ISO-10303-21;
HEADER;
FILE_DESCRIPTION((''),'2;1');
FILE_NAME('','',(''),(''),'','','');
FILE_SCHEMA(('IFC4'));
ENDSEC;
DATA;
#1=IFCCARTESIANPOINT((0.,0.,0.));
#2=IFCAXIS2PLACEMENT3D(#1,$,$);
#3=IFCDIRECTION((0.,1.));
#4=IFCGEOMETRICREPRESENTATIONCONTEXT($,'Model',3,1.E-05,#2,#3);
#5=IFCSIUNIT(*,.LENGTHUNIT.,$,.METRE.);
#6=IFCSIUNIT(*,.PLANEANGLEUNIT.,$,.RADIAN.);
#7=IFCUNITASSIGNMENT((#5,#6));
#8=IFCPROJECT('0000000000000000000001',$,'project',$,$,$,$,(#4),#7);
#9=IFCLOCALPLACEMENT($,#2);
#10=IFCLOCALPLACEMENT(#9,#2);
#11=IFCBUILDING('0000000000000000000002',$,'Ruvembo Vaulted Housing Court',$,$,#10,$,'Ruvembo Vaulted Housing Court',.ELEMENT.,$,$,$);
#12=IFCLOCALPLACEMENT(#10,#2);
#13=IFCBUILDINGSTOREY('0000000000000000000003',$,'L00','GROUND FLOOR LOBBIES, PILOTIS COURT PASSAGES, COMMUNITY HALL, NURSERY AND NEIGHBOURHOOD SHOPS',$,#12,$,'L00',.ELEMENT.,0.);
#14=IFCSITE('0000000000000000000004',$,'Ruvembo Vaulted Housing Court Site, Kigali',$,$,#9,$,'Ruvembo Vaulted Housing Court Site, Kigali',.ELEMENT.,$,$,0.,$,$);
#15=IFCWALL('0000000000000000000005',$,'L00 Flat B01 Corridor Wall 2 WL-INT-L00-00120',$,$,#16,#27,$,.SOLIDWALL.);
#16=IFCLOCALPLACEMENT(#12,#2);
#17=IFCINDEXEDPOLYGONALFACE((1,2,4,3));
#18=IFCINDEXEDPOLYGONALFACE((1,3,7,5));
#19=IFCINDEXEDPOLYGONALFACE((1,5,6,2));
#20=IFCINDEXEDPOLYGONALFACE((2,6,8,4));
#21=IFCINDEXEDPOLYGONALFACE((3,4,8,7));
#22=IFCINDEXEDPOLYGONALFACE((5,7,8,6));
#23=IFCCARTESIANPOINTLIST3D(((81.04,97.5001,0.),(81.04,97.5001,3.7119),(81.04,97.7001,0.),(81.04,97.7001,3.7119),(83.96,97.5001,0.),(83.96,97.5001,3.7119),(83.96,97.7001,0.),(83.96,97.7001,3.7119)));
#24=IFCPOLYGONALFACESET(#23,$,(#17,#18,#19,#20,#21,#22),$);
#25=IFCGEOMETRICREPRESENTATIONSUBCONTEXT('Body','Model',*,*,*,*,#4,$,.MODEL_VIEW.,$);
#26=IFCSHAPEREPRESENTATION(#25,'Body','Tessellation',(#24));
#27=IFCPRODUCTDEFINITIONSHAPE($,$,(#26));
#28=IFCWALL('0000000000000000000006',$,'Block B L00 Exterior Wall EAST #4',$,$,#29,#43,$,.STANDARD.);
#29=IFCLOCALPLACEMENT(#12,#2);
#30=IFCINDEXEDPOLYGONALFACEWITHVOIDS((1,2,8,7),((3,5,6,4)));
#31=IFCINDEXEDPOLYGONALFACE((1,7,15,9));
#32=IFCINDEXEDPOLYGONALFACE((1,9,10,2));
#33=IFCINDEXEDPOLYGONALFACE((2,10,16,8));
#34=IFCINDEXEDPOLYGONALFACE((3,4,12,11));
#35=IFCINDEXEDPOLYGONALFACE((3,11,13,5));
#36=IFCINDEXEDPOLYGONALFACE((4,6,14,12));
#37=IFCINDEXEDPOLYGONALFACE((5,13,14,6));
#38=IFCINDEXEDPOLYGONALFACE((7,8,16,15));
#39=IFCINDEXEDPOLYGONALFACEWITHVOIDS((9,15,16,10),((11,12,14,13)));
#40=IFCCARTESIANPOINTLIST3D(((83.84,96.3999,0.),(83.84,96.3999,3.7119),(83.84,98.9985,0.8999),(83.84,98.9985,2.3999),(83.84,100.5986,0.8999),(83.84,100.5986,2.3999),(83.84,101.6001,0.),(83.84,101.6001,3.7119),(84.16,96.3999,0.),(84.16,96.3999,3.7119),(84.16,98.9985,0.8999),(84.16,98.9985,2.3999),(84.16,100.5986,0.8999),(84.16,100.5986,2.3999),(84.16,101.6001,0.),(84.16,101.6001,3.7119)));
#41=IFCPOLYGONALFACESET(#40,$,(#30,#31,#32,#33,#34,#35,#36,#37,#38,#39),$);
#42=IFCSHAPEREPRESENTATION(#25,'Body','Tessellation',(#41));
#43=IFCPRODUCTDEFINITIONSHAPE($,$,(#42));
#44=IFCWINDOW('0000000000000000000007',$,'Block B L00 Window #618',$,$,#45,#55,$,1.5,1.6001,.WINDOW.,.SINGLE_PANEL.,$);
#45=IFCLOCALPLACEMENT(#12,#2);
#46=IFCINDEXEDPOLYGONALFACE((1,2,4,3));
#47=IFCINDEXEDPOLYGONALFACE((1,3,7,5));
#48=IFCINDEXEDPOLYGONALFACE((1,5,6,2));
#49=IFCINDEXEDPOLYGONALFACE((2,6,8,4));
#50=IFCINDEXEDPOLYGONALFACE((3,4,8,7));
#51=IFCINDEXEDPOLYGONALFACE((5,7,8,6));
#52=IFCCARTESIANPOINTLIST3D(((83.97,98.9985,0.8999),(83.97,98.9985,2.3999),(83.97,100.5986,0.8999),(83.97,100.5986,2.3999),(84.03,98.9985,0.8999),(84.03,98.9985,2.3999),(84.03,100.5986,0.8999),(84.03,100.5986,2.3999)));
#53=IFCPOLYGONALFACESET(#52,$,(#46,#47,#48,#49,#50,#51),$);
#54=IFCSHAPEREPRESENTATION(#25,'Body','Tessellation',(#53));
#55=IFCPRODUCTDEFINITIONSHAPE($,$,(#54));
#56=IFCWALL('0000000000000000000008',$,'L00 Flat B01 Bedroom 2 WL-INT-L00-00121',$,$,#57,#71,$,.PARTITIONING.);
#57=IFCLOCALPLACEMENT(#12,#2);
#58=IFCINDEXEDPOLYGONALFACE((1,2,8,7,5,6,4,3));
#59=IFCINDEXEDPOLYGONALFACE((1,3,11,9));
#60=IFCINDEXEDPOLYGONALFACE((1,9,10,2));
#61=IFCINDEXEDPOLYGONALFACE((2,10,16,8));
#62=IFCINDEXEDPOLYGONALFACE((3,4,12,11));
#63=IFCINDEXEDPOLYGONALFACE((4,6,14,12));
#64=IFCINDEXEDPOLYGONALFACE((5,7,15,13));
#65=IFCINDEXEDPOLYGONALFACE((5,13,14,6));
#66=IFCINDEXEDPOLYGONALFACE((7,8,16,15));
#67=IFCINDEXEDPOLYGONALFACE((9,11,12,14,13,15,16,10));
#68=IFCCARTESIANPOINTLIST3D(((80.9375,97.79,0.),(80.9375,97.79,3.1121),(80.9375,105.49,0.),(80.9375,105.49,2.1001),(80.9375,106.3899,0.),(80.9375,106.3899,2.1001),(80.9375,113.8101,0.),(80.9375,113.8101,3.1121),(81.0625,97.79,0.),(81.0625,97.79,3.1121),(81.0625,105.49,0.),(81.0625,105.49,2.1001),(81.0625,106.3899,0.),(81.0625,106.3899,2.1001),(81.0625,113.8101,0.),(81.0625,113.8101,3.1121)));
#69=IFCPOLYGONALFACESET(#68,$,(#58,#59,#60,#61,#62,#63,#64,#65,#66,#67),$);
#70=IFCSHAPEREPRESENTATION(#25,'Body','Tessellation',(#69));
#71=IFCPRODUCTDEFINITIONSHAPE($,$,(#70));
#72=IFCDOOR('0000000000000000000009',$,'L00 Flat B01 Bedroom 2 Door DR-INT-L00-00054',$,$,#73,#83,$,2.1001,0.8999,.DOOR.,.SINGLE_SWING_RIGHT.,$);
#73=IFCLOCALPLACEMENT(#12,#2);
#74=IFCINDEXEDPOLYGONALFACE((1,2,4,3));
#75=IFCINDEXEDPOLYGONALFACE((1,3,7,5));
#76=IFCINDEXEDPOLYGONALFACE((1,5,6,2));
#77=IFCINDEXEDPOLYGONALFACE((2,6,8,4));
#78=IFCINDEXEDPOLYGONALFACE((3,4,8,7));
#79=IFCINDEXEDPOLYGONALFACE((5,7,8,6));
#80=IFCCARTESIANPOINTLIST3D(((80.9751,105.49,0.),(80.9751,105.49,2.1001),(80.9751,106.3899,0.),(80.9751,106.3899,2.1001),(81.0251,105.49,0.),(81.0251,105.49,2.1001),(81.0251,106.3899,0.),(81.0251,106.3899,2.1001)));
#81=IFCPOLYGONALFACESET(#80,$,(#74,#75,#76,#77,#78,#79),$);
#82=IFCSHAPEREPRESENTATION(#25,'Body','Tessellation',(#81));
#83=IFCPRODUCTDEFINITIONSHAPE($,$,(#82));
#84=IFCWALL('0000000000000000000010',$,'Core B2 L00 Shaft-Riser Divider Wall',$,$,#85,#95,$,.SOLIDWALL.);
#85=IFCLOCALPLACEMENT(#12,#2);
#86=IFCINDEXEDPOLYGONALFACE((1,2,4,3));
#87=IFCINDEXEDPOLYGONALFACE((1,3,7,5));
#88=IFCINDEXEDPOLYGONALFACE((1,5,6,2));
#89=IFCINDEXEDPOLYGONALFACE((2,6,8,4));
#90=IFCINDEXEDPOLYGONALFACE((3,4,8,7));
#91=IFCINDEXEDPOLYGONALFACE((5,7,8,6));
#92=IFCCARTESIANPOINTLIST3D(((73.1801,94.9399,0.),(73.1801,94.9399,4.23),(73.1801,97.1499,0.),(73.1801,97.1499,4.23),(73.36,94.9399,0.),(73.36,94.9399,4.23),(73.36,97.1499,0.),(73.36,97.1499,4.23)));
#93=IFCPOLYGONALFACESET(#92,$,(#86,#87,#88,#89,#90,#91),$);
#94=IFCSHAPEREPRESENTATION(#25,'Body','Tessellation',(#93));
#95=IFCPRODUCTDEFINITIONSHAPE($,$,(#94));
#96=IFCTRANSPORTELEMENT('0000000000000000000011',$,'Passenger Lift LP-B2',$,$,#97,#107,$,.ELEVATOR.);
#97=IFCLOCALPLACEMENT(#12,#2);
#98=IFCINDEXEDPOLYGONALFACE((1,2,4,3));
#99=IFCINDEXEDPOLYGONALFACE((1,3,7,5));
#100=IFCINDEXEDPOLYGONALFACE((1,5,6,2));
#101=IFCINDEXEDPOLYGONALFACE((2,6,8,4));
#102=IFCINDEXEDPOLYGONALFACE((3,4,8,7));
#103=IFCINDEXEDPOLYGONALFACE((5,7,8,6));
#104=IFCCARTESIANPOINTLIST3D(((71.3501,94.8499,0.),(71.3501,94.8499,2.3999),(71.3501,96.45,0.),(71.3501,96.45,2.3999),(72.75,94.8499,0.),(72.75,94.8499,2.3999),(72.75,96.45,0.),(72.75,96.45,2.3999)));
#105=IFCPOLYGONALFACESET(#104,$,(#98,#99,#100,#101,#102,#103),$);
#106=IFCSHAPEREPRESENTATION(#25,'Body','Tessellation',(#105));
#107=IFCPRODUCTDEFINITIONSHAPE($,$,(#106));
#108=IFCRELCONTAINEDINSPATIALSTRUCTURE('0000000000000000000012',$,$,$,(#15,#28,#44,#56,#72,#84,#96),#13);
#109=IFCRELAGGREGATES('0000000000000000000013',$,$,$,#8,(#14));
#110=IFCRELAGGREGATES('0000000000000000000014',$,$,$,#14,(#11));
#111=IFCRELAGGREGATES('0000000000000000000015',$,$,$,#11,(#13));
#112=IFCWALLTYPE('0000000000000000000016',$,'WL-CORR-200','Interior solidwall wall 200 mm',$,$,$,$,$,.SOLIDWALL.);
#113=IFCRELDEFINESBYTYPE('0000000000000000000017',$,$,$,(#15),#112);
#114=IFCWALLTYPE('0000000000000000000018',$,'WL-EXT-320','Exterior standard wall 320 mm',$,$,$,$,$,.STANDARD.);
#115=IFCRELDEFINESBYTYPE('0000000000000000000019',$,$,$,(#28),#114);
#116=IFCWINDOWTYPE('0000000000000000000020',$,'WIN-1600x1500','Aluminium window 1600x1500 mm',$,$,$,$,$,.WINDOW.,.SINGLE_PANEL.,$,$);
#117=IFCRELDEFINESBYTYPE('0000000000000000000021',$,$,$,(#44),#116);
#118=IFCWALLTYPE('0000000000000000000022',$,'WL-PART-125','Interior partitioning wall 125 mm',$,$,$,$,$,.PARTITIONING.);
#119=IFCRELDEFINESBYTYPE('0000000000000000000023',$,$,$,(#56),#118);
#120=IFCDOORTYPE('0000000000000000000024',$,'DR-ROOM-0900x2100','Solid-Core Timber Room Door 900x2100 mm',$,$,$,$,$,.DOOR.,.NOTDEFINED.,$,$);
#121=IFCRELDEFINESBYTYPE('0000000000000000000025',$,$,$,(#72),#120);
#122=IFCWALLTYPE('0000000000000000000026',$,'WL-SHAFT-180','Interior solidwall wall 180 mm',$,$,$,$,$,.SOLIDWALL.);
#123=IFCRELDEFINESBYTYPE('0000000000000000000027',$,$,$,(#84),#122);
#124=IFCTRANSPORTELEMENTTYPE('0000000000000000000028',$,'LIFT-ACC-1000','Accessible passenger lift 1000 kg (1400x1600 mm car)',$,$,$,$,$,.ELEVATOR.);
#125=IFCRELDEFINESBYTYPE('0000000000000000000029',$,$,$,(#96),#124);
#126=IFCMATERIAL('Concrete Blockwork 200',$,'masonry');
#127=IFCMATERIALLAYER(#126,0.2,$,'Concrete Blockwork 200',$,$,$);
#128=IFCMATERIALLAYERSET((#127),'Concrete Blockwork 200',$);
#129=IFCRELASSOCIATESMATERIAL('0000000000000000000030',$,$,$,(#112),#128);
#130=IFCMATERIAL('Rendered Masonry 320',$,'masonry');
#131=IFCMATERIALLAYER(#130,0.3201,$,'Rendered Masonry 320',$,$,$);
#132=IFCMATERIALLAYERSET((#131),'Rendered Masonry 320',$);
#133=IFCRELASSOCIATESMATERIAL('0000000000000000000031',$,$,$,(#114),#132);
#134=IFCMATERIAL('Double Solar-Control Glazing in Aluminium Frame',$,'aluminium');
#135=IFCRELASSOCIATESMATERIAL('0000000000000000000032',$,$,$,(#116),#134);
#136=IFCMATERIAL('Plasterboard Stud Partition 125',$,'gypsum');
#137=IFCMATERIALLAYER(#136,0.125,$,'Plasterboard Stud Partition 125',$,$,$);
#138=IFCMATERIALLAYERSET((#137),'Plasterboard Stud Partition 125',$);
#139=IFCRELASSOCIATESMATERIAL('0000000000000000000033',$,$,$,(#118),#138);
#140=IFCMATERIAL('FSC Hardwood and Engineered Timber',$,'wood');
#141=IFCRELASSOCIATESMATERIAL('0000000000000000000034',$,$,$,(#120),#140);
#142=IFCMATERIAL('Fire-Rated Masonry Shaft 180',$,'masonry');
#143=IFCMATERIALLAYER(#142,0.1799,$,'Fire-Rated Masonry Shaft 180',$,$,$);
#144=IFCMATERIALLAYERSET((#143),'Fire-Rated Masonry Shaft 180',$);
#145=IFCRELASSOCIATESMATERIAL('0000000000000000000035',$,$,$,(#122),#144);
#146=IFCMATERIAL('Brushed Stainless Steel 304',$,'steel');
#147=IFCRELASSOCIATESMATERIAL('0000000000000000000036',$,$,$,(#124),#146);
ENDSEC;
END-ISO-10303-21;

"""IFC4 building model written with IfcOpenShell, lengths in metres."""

from ifc_helpers import new_model, si_unit, direction, frame, frame_2d, origin, origin_2d, place, context, subcontext, project, spatial, rectangle, extrude, material, layer, layer_set, type_object, element, fill, save


model = new_model("IFC4")

# Units and contexts
model_context = context("Model", 3, precision=1e-05, world=origin(), true_north=direction((0.0, 1.0)))
body_context = subcontext(model_context, "Body", "Model", "MODEL_VIEW")
ifc_project = project(units=[si_unit("LENGTHUNIT", "METRE"), si_unit("PLANEANGLEUNIT", "RADIAN")], contexts=[model_context])

# Site, building, storey
site_placement = place(None, origin())
site = spatial("IfcSite", under=ifc_project, at=site_placement, Name="Ruvembo Vaulted Housing Court Site, Kigali", LongName="Ruvembo Vaulted Housing Court Site, Kigali", CompositionType="ELEMENT", RefElevation=0.0)
building_placement = place(site_placement, origin())
building = spatial("IfcBuilding", under=site, at=building_placement, Name="Ruvembo Vaulted Housing Court", LongName="Ruvembo Vaulted Housing Court", CompositionType="ELEMENT")
storey_placement = place(building_placement, origin())
storey = spatial("IfcBuildingStorey", under=building, at=storey_placement, Name="L00", Description="GROUND FLOOR LOBBIES, PILOTIS COURT PASSAGES, COMMUNITY HALL, NURSERY AND NEIGHBOURHOOD SHOPS", LongName="L00", CompositionType="ELEMENT", Elevation=0.0)

# Wall
ifc_material_1 = material(Name="Concrete Blockwork 200", Category="masonry")
ifc_layer_1 = layer(ifc_material_1, 0.2, Name="Concrete Blockwork 200")
ifc_layer_set_1 = layer_set([ifc_layer_1], Name="Concrete Blockwork 200")
wall_type_1 = type_object("IfcWallType", Name="WL-CORR-200", Description="Interior solidwall wall 200 mm", PredefinedType="SOLIDWALL", material=ifc_layer_set_1)
wall_1_placement = place(storey_placement, frame((81.04, 97.6001, 0.0), z_axis=(0.0, 0.0, 1.0), x_axis=(1.0, 0.0, 0.0)))
element("IfcWall", 1, at=wall_1_placement, inside=storey, type_object=wall_type_1, Name="L00 Flat B01 Corridor Wall 2 WL-INT-L00-00120", PredefinedType="SOLIDWALL", context=body_context, shape_type="SweptSolid", body=[
    extrude(rectangle(XDim=2.9199, YDim=0.2, at=frame_2d((1.46, 0.0))), origin(), (0.0, 0.0, 1.0), 3.7119),
])

# Wall, opening, window
ifc_material_2 = material(Name="Rendered Masonry 320", Category="masonry")
ifc_layer_2 = layer(ifc_material_2, 0.3201, Name="Rendered Masonry 320")
ifc_layer_set_2 = layer_set([ifc_layer_2], Name="Rendered Masonry 320")
wall_type_2 = type_object("IfcWallType", Name="WL-EXT-320", Description="Exterior standard wall 320 mm", PredefinedType="STANDARD", material=ifc_layer_set_2)
wall_2_placement = place(storey_placement, frame((84.0, 96.3999, 0.0), z_axis=(0.0, 0.0, 1.0), x_axis=(0.0, 1.0, 0.0)))
wall_2 = element("IfcWall", 2, at=wall_2_placement, inside=storey, type_object=wall_type_2, Name="Block B L00 Exterior Wall EAST #4", PredefinedType="STANDARD", context=body_context, shape_type="SweptSolid", body=[
    extrude(rectangle(XDim=5.2002, YDim=0.3201, at=frame_2d((2.6001, 0.0))), origin(), (0.0, 0.0, 1.0), 3.7119),
])
opening_1_placement = place(wall_2_placement, frame((2.5986, 0.0, 0.8999)))
opening_1 = element("IfcOpeningElement", 3, at=opening_1_placement, cuts=wall_2, PredefinedType="OPENING", context=body_context, shape_type="SweptSolid", body=[
    extrude(rectangle(XDim=1.6001, YDim=1.5, at=frame_2d((0.8, 0.75))), frame((0.0, 0.1699, 0.0), z_axis=(0.0, -1.0, 0.0), x_axis=(1.0, 0.0, 0.0)), (0.0, 0.0, 1.0), 0.3401),
])
ifc_material_3 = material(Name="Double Solar-Control Glazing in Aluminium Frame", Category="aluminium")
window_type = type_object("IfcWindowType", Name="WIN-1600x1500", Description="Aluminium window 1600x1500 mm", PartitioningType="SINGLE_PANEL", PredefinedType="WINDOW", material=ifc_material_3)
window_placement = place(opening_1_placement, origin())
window = element("IfcWindow", 4, at=window_placement, inside=storey, type_object=window_type, Name="Block B L00 Window #618", OverallHeight=1.5, OverallWidth=1.6001, PartitioningType="SINGLE_PANEL", PredefinedType="WINDOW", context=body_context, shape_type="SweptSolid", body=[
    extrude(rectangle(XDim=1.6001, YDim=1.5, at=frame_2d((0.8, 0.75))), frame((0.0, 0.03, 0.0), z_axis=(0.0, -1.0, 0.0), x_axis=(1.0, 0.0, 0.0)), (0.0, 0.0, 1.0), 0.0601),
])
fill(opening_1, window)

# Wall, opening, door
ifc_material_4 = material(Name="Plasterboard Stud Partition 125", Category="gypsum")
ifc_layer_3 = layer(ifc_material_4, 0.125, Name="Plasterboard Stud Partition 125")
ifc_layer_set_3 = layer_set([ifc_layer_3], Name="Plasterboard Stud Partition 125")
wall_type_3 = type_object("IfcWallType", Name="WL-PART-125", Description="Interior partitioning wall 125 mm", PredefinedType="PARTITIONING", material=ifc_layer_set_3)
wall_3_placement = place(storey_placement, frame((81.0, 97.79, 0.0), z_axis=(0.0, 0.0, 1.0), x_axis=(0.0, 1.0, 0.0)))
wall_3 = element("IfcWall", 5, at=wall_3_placement, inside=storey, type_object=wall_type_3, Name="L00 Flat B01 Bedroom 2 WL-INT-L00-00121", PredefinedType="PARTITIONING", context=body_context, shape_type="SweptSolid", body=[
    extrude(rectangle(XDim=16.02, YDim=0.125, at=frame_2d((8.01, 0.0))), origin(), (0.0, 0.0, 1.0), 3.1121),
])
opening_2_placement = place(wall_3_placement, frame((7.7, 0.0, 0.0)))
opening_2 = element("IfcOpeningElement", 6, at=opening_2_placement, cuts=wall_3, PredefinedType="OPENING", context=body_context, shape_type="SweptSolid", body=[
    extrude(rectangle(XDim=0.8999, YDim=2.1001, at=frame_2d((0.45, 1.05))), frame((0.0, 0.0725, 0.0), z_axis=(0.0, -1.0, 0.0), x_axis=(1.0, 0.0, 0.0)), (0.0, 0.0, 1.0), 0.145),
])
ifc_material_5 = material(Name="FSC Hardwood and Engineered Timber", Category="wood")
door_type = type_object("IfcDoorType", Name="DR-ROOM-0900x2100", Description="Solid-Core Timber Room Door 900x2100 mm", OperationType="NOTDEFINED", PredefinedType="DOOR", material=ifc_material_5)
door_placement = place(opening_2_placement, origin())
door = element("IfcDoor", 7, at=door_placement, inside=storey, type_object=door_type, Name="L00 Flat B01 Bedroom 2 Door DR-INT-L00-00054", OperationType="SINGLE_SWING_RIGHT", OverallHeight=2.1001, OverallWidth=0.8999, PredefinedType="DOOR", context=body_context, shape_type="SweptSolid", body=[
    extrude(rectangle(XDim=0.8999, YDim=2.1001, at=frame_2d((0.45, 1.05))), frame((0.0, 0.0249, 0.0), z_axis=(0.0, -1.0, 0.0), x_axis=(1.0, 0.0, 0.0)), (0.0, 0.0, 1.0), 0.05),
])
fill(opening_2, door)

# Wall
ifc_material_6 = material(Name="Fire-Rated Masonry Shaft 180", Category="masonry")
ifc_layer_4 = layer(ifc_material_6, 0.1799, Name="Fire-Rated Masonry Shaft 180")
ifc_layer_set_4 = layer_set([ifc_layer_4], Name="Fire-Rated Masonry Shaft 180")
wall_type_4 = type_object("IfcWallType", Name="WL-SHAFT-180", Description="Interior solidwall wall 180 mm", PredefinedType="SOLIDWALL", material=ifc_layer_set_4)
wall_4_placement = place(storey_placement, frame((73.27, 94.9399, 0.0), z_axis=(0.0, 0.0, 1.0), x_axis=(0.0, 1.0, 0.0)))
element("IfcWall", 8, at=wall_4_placement, inside=storey, type_object=wall_type_4, Name="Core B2 L00 Shaft-Riser Divider Wall", PredefinedType="SOLIDWALL", context=body_context, shape_type="SweptSolid", body=[
    extrude(rectangle(XDim=2.21, YDim=0.1799, at=frame_2d((1.105, 0.0))), origin(), (0.0, 0.0, 1.0), 4.23),
])

# Transport element
ifc_material_7 = material(Name="Brushed Stainless Steel 304", Category="steel")
transport_element_type = type_object("IfcTransportElementType", Name="LIFT-ACC-1000", Description="Accessible passenger lift 1000 kg (1400x1600 mm car)", PredefinedType="ELEVATOR", material=ifc_material_7)
transport_element_placement = place(storey_placement, frame((72.05, 95.6499, 0.0), z_axis=(0.0, 0.0, 1.0), x_axis=(1.0, 0.0, 0.0)))
element("IfcTransportElement", 9, at=transport_element_placement, inside=storey, type_object=transport_element_type, Name="Passenger Lift LP-B2", PredefinedType="ELEVATOR", context=body_context, shape_type="SweptSolid", body=[
    extrude(rectangle(XDim=1.3999, YDim=1.6001, at=origin_2d()), origin(), (0.0, 0.0, 1.0), 2.3999),
])

save(model, "model.ifc")
